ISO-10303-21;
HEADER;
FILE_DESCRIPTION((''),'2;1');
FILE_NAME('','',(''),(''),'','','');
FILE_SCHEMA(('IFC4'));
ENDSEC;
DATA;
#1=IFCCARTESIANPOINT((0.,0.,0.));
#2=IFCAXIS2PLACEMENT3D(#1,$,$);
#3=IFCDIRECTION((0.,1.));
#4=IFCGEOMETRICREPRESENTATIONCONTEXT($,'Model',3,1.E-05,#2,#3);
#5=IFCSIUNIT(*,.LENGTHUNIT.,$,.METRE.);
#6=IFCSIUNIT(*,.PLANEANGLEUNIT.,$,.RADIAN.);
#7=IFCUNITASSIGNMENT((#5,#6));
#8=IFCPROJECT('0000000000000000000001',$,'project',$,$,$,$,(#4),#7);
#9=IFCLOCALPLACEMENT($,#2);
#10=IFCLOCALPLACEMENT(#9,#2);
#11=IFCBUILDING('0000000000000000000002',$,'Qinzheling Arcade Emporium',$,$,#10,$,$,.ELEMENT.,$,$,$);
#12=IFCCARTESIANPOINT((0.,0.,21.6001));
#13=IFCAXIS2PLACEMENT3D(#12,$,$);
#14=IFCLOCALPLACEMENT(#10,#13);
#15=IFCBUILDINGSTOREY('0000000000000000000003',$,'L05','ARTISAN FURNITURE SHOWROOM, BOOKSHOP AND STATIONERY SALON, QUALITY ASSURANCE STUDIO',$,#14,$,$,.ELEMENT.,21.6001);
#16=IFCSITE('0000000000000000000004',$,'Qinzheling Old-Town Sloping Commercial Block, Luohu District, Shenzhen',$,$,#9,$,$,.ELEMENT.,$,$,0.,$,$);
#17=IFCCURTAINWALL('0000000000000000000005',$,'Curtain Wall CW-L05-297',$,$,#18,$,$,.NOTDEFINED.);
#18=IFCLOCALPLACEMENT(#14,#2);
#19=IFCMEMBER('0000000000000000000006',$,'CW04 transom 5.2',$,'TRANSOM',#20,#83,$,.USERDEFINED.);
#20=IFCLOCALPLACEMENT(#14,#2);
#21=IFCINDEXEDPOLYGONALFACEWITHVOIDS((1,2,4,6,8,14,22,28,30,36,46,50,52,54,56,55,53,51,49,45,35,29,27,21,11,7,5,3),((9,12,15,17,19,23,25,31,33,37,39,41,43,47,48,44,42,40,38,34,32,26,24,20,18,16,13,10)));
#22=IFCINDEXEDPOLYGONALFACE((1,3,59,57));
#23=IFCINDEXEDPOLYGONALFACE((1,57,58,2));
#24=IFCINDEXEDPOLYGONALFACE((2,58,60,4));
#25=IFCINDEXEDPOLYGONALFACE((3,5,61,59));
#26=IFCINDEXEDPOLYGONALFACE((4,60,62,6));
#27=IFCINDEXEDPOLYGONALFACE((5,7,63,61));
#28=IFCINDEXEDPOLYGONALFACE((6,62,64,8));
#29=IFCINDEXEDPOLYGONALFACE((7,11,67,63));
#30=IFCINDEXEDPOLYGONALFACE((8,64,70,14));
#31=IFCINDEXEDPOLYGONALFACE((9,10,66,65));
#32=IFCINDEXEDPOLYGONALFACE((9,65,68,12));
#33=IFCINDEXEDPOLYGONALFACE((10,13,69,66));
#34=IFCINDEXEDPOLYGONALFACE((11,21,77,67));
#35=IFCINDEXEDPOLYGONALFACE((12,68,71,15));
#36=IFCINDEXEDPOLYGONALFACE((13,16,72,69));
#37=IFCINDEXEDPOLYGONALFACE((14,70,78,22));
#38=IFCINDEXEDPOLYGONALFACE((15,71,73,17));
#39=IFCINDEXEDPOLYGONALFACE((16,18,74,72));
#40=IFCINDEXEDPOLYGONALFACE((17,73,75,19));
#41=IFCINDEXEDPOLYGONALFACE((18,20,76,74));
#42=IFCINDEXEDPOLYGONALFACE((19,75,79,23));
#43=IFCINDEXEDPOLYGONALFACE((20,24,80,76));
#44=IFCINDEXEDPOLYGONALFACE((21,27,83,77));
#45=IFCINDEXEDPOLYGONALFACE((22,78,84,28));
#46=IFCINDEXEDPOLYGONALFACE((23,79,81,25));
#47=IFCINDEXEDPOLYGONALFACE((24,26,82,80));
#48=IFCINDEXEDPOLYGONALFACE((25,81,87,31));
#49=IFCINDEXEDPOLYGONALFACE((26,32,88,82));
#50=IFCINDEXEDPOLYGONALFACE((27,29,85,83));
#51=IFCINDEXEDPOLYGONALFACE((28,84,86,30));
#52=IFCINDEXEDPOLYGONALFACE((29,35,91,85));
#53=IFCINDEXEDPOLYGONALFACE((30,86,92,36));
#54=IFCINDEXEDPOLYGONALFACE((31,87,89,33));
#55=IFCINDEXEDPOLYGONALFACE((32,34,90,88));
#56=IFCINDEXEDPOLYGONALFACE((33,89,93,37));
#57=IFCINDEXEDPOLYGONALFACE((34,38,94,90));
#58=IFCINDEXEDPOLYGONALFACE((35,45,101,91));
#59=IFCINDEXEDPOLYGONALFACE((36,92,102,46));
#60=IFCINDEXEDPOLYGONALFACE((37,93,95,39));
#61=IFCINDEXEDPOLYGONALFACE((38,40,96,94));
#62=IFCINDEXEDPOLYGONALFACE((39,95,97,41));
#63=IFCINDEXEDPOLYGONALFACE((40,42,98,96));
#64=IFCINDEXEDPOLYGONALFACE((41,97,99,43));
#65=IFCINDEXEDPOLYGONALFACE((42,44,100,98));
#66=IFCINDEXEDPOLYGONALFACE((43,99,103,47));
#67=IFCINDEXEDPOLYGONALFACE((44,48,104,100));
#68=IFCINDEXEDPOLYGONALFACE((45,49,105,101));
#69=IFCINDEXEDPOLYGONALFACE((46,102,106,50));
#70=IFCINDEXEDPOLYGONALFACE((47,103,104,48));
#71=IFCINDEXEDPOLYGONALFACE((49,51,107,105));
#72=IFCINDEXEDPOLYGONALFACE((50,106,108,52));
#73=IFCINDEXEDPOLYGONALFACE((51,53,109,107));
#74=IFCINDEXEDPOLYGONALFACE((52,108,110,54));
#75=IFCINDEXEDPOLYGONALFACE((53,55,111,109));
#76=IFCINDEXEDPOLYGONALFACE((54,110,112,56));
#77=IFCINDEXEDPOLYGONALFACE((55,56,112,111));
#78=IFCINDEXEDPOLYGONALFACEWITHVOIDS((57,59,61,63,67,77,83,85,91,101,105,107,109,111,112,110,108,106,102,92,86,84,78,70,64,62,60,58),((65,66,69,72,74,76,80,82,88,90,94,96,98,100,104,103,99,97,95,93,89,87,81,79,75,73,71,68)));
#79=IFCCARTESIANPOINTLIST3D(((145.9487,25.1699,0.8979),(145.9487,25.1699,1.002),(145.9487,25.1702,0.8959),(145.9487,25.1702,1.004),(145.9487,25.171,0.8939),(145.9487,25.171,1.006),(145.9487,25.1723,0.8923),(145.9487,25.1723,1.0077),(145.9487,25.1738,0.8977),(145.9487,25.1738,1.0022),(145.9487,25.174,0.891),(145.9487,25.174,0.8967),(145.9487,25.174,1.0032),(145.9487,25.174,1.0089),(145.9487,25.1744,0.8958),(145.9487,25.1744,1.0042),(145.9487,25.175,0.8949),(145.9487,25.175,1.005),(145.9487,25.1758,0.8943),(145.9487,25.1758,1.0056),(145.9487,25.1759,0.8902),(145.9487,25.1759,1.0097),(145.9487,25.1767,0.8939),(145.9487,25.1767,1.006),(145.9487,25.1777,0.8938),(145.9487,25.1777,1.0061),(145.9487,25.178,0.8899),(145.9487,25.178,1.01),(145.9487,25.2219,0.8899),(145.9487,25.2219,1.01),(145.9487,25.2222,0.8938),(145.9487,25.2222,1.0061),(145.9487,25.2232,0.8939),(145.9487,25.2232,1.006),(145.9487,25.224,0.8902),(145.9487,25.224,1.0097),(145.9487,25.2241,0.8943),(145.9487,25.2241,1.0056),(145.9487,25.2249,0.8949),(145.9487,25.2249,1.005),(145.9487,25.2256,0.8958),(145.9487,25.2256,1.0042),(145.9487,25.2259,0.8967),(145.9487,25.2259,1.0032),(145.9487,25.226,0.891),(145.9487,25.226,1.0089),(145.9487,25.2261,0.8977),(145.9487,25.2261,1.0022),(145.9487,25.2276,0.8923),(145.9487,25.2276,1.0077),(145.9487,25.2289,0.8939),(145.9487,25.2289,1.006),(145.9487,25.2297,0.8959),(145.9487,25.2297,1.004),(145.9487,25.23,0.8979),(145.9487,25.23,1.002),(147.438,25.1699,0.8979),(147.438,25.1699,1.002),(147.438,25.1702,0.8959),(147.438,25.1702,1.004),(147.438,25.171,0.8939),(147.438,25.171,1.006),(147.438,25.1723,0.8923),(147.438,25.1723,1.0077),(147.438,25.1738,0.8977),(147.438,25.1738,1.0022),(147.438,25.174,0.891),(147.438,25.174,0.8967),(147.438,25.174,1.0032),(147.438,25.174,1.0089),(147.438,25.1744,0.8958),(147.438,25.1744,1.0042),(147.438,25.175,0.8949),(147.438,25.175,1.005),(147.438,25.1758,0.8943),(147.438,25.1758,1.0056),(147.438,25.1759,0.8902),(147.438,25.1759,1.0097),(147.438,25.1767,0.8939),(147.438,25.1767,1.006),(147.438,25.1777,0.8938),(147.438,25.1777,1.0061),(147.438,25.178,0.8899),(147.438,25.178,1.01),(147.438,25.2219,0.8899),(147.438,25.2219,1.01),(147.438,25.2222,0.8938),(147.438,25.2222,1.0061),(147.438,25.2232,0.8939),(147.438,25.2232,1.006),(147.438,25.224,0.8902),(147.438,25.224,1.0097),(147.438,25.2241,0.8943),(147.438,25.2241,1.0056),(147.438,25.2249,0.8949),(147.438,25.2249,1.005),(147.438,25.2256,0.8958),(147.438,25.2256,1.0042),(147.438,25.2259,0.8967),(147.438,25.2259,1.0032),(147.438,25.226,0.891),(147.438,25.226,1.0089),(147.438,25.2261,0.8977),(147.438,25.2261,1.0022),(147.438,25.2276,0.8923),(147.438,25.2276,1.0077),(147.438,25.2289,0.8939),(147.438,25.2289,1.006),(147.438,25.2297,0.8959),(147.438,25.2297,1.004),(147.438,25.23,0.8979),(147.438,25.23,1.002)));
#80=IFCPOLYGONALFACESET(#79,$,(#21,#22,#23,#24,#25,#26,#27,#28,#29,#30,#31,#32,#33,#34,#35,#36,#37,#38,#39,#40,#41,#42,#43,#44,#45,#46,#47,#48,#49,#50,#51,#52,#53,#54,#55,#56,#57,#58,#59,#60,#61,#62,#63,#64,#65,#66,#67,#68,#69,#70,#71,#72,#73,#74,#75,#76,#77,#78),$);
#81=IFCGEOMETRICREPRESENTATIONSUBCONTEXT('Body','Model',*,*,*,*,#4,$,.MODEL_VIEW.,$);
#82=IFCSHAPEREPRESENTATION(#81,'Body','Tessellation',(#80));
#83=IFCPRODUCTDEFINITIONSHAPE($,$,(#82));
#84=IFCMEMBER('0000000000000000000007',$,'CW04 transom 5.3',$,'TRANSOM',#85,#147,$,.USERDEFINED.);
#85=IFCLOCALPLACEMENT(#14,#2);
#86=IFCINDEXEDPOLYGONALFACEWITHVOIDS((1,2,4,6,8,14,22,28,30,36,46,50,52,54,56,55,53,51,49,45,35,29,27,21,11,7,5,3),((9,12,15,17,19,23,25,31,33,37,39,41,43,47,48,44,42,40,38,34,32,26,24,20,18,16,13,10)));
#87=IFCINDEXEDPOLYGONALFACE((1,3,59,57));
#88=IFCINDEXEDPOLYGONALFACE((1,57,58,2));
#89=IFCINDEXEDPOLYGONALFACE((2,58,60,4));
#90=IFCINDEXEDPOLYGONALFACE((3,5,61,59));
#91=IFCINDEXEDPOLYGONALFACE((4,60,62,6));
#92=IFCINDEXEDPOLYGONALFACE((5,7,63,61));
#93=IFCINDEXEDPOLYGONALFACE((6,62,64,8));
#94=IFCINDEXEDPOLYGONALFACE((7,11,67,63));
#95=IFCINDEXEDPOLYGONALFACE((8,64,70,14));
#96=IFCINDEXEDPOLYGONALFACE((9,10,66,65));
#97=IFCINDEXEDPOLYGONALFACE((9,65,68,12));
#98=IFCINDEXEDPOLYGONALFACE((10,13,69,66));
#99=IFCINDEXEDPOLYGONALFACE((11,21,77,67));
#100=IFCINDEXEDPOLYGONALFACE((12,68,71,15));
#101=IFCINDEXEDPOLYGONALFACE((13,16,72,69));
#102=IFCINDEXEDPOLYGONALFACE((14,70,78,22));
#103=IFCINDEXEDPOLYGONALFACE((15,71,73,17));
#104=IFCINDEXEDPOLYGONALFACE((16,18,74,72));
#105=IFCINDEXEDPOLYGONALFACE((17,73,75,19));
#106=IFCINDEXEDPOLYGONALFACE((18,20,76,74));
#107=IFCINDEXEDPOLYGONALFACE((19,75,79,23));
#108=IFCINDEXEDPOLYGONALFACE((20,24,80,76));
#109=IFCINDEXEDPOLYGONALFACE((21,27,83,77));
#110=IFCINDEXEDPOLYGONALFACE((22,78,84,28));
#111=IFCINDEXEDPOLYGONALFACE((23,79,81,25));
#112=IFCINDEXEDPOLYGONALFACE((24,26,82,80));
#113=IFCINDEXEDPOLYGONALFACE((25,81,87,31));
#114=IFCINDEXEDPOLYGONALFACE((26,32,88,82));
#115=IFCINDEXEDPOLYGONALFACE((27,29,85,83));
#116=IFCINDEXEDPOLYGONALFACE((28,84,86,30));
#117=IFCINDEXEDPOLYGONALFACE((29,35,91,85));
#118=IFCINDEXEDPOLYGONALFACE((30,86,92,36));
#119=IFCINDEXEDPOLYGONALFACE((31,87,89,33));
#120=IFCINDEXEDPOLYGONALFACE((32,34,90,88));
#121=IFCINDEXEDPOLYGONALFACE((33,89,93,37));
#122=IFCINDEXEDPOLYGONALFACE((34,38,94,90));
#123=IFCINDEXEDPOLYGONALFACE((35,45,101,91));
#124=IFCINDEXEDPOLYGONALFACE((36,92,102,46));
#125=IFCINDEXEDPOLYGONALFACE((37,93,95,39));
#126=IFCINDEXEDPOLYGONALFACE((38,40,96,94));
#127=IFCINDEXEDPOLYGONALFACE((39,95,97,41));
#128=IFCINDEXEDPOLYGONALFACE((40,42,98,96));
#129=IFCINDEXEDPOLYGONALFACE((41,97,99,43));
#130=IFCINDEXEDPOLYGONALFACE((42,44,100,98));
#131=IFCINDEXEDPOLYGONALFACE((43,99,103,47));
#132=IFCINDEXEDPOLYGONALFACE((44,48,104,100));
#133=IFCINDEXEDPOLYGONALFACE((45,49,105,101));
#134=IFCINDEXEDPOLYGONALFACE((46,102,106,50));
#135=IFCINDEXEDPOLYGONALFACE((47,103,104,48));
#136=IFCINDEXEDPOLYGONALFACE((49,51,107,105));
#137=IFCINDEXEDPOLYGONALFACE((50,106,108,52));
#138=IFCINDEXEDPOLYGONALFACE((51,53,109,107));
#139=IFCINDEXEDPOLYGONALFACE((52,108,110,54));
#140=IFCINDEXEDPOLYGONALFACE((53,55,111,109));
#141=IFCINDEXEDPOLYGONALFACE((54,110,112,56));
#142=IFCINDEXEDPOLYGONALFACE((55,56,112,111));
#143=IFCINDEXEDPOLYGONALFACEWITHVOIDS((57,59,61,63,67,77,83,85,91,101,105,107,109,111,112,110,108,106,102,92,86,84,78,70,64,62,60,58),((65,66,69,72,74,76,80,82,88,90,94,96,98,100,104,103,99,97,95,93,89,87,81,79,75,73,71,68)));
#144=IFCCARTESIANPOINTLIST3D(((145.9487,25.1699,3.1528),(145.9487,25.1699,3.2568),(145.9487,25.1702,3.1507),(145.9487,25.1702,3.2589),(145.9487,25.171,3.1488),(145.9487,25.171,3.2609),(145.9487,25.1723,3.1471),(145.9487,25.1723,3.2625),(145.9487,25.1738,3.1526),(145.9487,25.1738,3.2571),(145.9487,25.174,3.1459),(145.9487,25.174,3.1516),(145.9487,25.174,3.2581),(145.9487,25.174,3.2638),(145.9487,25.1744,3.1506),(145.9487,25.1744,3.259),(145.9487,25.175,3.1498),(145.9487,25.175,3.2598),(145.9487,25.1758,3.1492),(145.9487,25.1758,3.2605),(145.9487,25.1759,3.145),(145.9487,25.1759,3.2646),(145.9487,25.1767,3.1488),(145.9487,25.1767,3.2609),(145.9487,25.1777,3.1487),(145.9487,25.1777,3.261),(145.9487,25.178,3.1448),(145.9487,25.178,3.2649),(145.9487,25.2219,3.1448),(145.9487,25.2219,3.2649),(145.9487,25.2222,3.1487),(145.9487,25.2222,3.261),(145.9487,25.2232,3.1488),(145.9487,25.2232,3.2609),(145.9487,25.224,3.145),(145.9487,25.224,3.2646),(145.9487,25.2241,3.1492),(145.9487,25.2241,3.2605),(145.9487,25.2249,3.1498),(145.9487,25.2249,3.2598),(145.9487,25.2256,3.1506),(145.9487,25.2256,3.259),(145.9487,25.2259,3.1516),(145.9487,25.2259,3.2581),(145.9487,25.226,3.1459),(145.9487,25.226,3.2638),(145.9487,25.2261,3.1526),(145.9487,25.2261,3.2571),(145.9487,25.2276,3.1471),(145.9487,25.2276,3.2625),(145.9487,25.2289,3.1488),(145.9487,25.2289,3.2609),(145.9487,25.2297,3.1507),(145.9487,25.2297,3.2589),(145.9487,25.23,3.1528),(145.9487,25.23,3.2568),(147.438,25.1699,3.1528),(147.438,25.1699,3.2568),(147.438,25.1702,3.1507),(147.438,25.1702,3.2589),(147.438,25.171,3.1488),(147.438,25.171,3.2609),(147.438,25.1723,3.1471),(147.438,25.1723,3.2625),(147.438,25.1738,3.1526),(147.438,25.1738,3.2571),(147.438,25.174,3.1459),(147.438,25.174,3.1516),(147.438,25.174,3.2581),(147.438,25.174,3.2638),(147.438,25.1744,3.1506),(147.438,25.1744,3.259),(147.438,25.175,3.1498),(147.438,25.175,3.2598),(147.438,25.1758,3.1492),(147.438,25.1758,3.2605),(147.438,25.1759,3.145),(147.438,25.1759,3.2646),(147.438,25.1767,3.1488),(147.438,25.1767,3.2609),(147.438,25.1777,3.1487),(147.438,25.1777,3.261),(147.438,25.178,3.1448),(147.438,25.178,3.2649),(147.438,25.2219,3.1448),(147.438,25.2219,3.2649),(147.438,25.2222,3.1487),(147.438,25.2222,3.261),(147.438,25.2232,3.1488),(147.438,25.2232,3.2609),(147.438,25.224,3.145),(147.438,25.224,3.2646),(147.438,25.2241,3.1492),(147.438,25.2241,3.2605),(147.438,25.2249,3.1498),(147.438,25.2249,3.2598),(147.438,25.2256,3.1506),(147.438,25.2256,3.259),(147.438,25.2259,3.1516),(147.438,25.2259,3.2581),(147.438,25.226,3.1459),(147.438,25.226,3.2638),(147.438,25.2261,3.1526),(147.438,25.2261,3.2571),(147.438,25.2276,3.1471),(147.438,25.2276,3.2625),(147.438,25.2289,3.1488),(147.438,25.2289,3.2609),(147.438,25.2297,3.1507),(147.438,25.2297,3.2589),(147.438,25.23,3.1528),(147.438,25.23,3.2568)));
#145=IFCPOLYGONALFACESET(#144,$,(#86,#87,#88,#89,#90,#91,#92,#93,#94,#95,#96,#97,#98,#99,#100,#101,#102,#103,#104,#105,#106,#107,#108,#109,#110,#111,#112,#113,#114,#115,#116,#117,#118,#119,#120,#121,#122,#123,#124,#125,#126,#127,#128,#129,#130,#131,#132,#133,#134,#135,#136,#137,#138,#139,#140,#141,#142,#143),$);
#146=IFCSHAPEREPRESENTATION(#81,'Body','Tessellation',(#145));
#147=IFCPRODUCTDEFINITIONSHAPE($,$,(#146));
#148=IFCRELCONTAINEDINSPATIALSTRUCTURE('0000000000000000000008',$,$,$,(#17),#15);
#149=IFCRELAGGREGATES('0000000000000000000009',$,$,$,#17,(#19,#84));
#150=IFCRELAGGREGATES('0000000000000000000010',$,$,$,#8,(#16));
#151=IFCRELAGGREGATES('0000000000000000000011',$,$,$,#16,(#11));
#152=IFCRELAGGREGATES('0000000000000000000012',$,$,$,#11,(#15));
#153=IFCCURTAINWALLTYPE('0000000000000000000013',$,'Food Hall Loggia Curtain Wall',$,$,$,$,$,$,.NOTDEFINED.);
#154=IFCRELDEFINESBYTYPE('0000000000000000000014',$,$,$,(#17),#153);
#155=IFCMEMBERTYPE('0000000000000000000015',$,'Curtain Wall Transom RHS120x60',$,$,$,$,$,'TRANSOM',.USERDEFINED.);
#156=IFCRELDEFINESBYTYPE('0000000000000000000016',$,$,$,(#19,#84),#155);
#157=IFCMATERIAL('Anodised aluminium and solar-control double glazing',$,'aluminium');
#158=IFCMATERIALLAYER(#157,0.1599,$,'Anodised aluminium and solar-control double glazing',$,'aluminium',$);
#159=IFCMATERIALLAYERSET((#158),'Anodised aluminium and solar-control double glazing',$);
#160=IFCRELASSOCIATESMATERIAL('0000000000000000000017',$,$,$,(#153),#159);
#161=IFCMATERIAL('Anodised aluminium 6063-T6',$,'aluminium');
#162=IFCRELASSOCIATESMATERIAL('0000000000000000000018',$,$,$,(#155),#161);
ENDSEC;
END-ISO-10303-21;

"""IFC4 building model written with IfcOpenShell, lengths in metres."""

from ifc_helpers import new_model, si_unit, direction, frame, origin, origin_2d, place, context, subcontext, project, spatial, hollow_rectangle, extrude, material, layer, layer_set, material_profile, profile_set, type_object, element, aggregate, save


model = new_model("IFC4")

# Units and contexts
model_context = context("Model", 3, precision=1e-05, world=origin(), true_north=direction((0.0, 1.0)))
body_context = subcontext(model_context, "Body", "Model", "MODEL_VIEW")
ifc_project = project(units=[si_unit("LENGTHUNIT", "METRE"), si_unit("PLANEANGLEUNIT", "RADIAN")], contexts=[model_context])

# Site, building, storey
site_placement = place(None, origin())
site = spatial("IfcSite", under=ifc_project, at=site_placement, Name="Qinzheling Old-Town Sloping Commercial Block, Luohu District, Shenzhen", CompositionType="ELEMENT", RefElevation=0.0)
building_placement = place(site_placement, origin())
building = spatial("IfcBuilding", under=site, at=building_placement, Name="Qinzheling Arcade Emporium", CompositionType="ELEMENT")
storey_placement = place(building_placement, frame((0.0, 0.0, 21.6001)))
storey = spatial("IfcBuildingStorey", under=building, at=storey_placement, Name="L05", Description="ARTISAN FURNITURE SHOWROOM, BOOKSHOP AND STATIONERY SALON, QUALITY ASSURANCE STUDIO", CompositionType="ELEMENT", Elevation=21.6001)

# Curtain wall, members
ifc_material_1 = material(Name="Anodised aluminium and solar-control double glazing", Category="aluminium")
ifc_layer_1 = layer(ifc_material_1, 0.1599, Name="Anodised aluminium and solar-control double glazing", Category="aluminium")
ifc_layer_set_1 = layer_set([ifc_layer_1], Name="Anodised aluminium and solar-control double glazing")
curtain_wall_type = type_object("IfcCurtainWallType", Name="Food Hall Loggia Curtain Wall", PredefinedType="NOTDEFINED", material=ifc_layer_set_1)
curtain_wall_placement = place(storey_placement, origin())
curtain_wall = element("IfcCurtainWall", 1, at=curtain_wall_placement, inside=storey, type_object=curtain_wall_type, Name="Curtain Wall CW-L05-297", PredefinedType="NOTDEFINED")
ifc_material_2 = material(Name="Anodised aluminium 6063-T6", Category="aluminium")
ifc_material_profile_1 = material_profile(ifc_material_2, hollow_rectangle(XDim=0.0601, YDim=0.1201, WallThickness=0.0039, InnerFilletRadius=0.0039, OuterFilletRadius=0.0081, at=origin_2d()), Name="RHS 120x60x4", Category="aluminium")
ifc_profile_set_1 = profile_set([ifc_material_profile_1], Name="Anodised aluminium 6063-T6")
member_type_1 = type_object("IfcMemberType", Name="Curtain Wall Transom RHS120x60", ElementType="TRANSOM", PredefinedType="USERDEFINED", material=ifc_profile_set_1)
member_1_placement = place(storey_placement, frame((145.9487, 25.2, 0.95), z_axis=(1.0, 0.0, 0.0), x_axis=(0.0, 1.0, 0.0)))
member_1 = element("IfcMember", 2, at=member_1_placement, type_object=member_type_1, Name="CW04 transom 5.2", ObjectType="TRANSOM", PredefinedType="USERDEFINED", context=body_context, shape_type="SweptSolid", body=[
    extrude(hollow_rectangle(XDim=0.0601, YDim=0.1201, WallThickness=0.0039, InnerFilletRadius=0.0039, OuterFilletRadius=0.0081, at=origin_2d()), origin(), (0.0, 0.0, 1.0), 1.4893),
])
member_2_placement = place(storey_placement, frame((145.9487, 25.2, 3.2048), z_axis=(1.0, 0.0, 0.0), x_axis=(0.0, 1.0, 0.0)))
member_2 = element("IfcMember", 3, at=member_2_placement, type_object=member_type_1, Name="CW04 transom 5.3", ObjectType="TRANSOM", PredefinedType="USERDEFINED", context=body_context, shape_type="SweptSolid", body=[
    extrude(hollow_rectangle(XDim=0.0601, YDim=0.1201, WallThickness=0.0039, InnerFilletRadius=0.0039, OuterFilletRadius=0.0081, at=origin_2d()), origin(), (0.0, 0.0, 1.0), 1.4893),
])
aggregate(curtain_wall, [member_1, member_2])

save(model, "model.ifc")
